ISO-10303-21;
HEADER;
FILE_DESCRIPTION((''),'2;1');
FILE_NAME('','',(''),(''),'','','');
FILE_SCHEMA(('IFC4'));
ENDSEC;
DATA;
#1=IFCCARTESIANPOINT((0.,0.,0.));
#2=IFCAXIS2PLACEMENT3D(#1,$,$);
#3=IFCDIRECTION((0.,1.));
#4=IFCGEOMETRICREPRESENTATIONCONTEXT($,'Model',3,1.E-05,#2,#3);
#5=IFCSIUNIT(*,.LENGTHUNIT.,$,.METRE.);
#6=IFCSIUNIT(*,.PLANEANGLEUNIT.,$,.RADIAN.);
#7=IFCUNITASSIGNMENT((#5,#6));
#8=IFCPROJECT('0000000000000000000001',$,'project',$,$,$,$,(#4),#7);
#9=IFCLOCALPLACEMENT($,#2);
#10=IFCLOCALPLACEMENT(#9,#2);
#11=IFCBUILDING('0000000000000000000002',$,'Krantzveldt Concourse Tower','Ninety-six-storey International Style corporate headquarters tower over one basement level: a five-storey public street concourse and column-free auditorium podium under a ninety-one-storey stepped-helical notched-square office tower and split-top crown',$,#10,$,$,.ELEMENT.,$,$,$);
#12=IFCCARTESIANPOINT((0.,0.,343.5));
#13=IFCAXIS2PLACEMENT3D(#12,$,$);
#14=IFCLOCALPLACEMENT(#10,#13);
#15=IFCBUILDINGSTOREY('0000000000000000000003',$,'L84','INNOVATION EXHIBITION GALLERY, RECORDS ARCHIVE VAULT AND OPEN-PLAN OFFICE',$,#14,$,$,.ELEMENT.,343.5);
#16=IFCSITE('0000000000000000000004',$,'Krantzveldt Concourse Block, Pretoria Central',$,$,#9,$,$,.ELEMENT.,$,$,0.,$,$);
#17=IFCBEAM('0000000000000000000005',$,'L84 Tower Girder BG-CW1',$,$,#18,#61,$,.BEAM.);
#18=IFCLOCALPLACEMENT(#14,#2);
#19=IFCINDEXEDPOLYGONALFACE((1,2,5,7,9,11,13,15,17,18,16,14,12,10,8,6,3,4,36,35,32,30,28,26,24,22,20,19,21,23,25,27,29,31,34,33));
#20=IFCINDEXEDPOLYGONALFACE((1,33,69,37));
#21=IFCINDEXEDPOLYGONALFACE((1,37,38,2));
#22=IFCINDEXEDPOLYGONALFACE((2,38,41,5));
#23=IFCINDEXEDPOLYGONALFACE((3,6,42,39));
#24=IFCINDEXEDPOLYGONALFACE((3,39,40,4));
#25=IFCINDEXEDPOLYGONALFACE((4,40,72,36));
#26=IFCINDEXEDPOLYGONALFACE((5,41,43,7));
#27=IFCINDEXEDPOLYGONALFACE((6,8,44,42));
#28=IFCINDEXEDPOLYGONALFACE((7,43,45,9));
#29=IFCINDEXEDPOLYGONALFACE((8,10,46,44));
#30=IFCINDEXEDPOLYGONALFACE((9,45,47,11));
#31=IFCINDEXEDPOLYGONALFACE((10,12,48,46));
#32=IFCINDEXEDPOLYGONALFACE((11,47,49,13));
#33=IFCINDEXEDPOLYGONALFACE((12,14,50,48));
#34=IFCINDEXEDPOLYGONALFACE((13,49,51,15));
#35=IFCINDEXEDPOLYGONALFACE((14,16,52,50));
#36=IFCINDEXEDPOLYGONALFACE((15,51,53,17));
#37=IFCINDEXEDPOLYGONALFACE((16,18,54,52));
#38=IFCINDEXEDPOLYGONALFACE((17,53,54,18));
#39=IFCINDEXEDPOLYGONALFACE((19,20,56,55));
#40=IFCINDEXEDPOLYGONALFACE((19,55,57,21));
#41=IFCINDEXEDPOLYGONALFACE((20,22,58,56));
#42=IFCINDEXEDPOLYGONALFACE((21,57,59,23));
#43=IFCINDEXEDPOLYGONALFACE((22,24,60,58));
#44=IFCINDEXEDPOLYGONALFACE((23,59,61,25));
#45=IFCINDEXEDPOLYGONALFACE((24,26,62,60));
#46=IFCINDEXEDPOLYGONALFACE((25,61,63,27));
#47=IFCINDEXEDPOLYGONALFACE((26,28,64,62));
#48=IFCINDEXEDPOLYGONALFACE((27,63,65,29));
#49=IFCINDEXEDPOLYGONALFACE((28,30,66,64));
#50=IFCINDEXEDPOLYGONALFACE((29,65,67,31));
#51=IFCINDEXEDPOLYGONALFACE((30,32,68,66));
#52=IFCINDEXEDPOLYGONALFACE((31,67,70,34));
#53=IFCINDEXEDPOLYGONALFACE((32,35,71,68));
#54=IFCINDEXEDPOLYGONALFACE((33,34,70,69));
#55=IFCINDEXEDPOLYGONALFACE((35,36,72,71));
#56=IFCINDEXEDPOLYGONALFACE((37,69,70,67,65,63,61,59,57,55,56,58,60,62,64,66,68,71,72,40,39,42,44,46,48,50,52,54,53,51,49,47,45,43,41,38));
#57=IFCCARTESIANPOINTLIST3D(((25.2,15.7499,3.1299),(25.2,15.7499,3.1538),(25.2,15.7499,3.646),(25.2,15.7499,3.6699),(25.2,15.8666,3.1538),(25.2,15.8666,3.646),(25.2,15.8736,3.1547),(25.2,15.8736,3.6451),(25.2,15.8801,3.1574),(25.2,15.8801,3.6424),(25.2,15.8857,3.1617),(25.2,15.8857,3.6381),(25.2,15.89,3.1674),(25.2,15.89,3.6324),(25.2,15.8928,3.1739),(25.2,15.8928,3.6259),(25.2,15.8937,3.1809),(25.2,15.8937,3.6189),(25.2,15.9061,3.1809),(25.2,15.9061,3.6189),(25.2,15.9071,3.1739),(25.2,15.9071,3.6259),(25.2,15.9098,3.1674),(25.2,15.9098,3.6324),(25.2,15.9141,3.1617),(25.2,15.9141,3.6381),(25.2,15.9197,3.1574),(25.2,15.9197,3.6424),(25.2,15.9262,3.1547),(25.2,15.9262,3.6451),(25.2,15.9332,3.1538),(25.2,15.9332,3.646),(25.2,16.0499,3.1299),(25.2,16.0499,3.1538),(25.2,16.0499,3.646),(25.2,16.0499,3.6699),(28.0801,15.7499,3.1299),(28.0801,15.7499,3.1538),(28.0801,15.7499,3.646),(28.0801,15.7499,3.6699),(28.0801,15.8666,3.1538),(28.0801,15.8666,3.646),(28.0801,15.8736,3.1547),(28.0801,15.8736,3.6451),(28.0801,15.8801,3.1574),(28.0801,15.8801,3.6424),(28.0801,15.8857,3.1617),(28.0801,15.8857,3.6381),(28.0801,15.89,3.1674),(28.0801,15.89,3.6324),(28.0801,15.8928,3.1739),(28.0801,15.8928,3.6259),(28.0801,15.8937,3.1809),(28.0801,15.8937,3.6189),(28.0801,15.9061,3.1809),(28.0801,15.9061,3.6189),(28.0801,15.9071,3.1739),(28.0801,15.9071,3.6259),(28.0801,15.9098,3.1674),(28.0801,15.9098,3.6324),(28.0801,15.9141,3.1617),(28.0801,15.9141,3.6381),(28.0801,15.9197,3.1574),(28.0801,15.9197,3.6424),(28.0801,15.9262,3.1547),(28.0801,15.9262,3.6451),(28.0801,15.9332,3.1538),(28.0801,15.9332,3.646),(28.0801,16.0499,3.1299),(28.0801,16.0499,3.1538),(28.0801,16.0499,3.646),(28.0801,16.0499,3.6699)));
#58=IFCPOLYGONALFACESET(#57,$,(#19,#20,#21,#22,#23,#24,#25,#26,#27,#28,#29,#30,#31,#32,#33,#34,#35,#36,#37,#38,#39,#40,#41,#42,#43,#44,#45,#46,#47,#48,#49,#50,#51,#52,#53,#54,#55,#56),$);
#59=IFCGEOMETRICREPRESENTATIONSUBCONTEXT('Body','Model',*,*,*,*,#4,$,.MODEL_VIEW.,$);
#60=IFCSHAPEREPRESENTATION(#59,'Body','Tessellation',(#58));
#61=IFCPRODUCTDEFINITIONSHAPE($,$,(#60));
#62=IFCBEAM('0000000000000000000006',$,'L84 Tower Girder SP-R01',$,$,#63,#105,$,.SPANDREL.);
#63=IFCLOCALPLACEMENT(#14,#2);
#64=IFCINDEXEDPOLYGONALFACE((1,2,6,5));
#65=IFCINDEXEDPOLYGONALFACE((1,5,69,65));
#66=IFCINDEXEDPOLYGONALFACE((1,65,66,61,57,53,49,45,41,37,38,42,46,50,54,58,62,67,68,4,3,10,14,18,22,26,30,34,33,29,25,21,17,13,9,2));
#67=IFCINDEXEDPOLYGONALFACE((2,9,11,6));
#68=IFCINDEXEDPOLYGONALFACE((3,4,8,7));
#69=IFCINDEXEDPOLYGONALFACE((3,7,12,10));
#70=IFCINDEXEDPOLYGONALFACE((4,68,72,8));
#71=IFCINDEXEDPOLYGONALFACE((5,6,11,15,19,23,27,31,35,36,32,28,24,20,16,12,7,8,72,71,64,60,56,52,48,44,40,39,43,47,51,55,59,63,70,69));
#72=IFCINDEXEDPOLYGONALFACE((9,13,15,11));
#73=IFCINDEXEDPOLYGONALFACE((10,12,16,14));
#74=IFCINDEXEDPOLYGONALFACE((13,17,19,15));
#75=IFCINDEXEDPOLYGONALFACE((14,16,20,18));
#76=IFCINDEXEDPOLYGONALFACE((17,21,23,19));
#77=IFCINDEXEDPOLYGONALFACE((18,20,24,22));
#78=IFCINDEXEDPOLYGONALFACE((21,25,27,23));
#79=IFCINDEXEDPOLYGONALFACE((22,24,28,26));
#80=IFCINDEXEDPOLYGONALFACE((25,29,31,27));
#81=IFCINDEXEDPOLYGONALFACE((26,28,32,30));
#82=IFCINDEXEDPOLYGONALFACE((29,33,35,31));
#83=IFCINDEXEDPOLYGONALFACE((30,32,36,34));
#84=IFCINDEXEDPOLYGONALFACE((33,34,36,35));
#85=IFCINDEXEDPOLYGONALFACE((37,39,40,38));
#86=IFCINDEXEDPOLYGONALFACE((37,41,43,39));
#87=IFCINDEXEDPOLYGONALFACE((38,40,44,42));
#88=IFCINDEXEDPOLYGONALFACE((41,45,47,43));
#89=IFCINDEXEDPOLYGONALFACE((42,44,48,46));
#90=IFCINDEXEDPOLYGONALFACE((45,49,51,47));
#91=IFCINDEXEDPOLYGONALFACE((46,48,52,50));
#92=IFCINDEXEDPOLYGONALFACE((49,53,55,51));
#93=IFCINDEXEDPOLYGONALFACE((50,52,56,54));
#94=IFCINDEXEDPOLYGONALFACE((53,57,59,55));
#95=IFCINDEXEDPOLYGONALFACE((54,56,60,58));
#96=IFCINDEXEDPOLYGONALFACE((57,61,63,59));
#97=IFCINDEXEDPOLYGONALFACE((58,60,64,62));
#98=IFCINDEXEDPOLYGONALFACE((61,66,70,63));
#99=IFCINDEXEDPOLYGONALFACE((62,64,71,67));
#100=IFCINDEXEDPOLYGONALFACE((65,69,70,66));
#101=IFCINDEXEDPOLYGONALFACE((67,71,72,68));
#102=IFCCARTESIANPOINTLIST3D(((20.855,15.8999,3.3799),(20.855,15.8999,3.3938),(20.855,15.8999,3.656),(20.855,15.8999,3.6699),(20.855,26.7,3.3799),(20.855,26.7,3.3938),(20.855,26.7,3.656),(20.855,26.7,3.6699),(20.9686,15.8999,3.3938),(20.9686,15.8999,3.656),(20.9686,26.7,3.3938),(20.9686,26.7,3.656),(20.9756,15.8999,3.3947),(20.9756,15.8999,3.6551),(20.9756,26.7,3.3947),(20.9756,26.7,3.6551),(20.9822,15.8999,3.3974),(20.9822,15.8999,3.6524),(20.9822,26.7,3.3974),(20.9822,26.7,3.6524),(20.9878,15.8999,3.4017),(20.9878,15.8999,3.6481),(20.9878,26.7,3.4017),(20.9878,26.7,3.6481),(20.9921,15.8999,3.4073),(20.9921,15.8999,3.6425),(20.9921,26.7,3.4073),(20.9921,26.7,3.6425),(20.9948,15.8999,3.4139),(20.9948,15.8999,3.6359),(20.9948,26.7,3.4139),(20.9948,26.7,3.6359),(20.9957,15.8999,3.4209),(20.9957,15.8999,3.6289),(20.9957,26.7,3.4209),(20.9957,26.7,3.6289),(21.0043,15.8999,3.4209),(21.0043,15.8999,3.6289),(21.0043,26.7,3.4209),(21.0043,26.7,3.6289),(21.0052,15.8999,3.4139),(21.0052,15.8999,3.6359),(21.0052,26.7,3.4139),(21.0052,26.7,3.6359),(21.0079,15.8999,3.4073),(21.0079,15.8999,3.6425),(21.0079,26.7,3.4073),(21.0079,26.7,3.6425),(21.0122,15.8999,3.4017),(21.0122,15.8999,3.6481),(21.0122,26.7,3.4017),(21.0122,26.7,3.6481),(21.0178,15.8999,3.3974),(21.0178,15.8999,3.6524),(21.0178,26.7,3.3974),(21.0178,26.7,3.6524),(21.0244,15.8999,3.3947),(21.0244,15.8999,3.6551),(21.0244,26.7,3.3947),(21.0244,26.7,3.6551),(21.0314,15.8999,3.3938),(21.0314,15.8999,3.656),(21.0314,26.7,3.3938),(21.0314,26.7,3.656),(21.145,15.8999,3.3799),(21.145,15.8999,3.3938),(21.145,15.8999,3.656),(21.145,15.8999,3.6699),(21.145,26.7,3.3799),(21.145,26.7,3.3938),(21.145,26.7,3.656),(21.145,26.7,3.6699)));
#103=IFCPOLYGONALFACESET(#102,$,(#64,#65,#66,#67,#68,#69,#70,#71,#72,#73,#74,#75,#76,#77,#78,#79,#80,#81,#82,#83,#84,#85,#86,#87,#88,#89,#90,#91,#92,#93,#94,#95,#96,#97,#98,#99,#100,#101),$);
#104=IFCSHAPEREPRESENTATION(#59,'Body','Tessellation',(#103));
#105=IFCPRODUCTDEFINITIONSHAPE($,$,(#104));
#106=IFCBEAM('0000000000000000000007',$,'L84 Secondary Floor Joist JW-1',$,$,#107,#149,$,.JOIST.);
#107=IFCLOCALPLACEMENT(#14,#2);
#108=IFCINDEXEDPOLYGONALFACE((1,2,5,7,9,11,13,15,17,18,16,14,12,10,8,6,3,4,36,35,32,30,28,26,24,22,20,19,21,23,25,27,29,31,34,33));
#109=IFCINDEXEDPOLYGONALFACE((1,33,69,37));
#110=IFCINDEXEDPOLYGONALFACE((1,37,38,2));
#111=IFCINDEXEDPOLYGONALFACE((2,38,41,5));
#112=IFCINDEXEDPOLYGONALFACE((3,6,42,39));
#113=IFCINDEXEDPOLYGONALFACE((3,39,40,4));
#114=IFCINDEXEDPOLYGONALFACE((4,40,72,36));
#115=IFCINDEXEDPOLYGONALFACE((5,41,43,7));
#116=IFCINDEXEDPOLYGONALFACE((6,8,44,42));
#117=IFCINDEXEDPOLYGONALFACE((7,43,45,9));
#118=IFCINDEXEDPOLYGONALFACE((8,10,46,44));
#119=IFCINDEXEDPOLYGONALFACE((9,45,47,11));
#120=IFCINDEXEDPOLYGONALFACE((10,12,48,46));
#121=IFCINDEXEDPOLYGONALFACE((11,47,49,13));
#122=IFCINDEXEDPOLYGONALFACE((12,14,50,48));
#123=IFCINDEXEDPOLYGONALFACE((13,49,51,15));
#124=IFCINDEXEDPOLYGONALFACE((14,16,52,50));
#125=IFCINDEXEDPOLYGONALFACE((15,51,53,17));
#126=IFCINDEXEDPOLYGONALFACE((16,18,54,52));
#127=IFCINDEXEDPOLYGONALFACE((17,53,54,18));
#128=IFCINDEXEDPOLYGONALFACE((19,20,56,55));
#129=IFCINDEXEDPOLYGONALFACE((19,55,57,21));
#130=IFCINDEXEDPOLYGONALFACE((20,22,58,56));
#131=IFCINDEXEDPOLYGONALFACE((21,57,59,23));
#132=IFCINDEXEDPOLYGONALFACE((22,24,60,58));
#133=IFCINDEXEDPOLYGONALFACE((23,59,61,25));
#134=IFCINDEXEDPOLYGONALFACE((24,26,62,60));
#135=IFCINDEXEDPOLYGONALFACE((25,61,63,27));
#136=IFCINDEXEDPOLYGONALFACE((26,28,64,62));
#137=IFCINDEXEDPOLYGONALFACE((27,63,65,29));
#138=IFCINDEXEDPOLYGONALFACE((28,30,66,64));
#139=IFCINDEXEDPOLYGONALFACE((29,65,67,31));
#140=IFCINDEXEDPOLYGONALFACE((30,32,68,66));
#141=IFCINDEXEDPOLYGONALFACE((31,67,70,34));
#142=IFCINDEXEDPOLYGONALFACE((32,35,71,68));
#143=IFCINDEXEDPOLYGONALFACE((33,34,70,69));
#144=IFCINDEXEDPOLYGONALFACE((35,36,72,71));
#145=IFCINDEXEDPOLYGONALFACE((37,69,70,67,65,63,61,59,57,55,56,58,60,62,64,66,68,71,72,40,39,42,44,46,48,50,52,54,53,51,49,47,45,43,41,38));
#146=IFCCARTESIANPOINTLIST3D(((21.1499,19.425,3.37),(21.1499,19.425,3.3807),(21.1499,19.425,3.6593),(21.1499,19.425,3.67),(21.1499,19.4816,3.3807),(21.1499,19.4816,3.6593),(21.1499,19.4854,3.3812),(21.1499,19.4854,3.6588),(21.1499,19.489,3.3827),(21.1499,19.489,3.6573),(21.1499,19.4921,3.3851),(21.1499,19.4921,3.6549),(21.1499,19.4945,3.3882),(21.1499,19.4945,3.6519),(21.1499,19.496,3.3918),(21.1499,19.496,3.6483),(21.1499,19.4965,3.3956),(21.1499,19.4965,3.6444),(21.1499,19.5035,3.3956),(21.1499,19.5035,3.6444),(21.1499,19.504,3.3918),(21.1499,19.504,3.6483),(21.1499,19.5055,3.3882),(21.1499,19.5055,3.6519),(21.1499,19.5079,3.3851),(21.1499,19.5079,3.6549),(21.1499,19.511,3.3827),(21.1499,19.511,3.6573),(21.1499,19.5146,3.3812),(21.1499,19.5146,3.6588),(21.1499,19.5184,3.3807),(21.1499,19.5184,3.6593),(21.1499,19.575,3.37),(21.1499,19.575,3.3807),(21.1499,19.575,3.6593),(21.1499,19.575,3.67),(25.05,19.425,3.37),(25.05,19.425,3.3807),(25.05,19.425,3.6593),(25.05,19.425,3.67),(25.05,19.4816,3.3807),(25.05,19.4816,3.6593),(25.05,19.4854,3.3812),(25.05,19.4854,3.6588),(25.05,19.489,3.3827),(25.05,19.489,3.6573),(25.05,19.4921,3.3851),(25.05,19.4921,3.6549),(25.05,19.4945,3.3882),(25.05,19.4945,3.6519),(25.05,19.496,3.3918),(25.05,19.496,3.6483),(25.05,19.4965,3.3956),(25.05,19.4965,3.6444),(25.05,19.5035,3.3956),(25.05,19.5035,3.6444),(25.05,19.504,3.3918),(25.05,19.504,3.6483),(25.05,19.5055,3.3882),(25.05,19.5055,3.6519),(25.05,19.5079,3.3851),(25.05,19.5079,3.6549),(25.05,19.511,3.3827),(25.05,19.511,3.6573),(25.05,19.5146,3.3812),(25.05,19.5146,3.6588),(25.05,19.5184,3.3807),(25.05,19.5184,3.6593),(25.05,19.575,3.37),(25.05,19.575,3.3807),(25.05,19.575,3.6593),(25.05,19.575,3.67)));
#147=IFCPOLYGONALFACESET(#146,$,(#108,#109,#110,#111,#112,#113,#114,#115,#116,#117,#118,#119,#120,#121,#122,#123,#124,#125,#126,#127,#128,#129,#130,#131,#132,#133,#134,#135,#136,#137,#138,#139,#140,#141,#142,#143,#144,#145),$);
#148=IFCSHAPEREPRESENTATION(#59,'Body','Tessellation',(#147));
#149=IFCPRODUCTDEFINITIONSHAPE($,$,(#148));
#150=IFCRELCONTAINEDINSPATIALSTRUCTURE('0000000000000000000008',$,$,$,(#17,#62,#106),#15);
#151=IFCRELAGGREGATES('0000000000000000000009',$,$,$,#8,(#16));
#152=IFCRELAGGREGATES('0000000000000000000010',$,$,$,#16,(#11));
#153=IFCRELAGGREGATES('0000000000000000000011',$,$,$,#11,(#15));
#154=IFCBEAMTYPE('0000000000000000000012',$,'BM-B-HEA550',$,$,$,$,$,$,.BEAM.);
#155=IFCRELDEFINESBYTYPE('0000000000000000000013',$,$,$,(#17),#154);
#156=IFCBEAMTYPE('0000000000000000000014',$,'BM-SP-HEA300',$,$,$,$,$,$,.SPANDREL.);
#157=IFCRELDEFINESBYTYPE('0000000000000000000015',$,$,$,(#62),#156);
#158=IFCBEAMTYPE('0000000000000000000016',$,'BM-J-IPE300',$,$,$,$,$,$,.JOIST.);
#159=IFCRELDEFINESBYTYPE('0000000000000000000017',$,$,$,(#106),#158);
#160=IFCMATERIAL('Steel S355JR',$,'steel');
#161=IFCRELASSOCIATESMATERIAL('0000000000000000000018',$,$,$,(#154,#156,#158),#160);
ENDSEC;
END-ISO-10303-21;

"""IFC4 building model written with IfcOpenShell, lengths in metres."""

from ifc_helpers import new_model, si_unit, direction, frame, origin, origin_2d, place, context, subcontext, project, spatial, i_section, extrude, source, transform, mapped, material, material_profile, profile_set, type_object, type_shapes, element, save


model = new_model("IFC4")

# Units and contexts
model_context = context("Model", 3, precision=1e-05, world=origin(), true_north=direction((0.0, 1.0)))
body_context = subcontext(model_context, "Body", "Model", "MODEL_VIEW")
ifc_project = project(units=[si_unit("LENGTHUNIT", "METRE"), si_unit("PLANEANGLEUNIT", "RADIAN")], contexts=[model_context])

# Site, building, storey
site_placement = place(None, origin())
site = spatial("IfcSite", under=ifc_project, at=site_placement, Name="Krantzveldt Concourse Block, Pretoria Central", CompositionType="ELEMENT", RefElevation=0.0)
building_placement = place(site_placement, origin())
building = spatial("IfcBuilding", under=site, at=building_placement, Name="Krantzveldt Concourse Tower", Description="Ninety-six-storey International Style corporate headquarters tower over one basement level: a five-storey public street concourse and column-free auditorium podium under a ninety-one-storey stepped-helical notched-square office tower and split-top crown", CompositionType="ELEMENT")
storey_placement = place(building_placement, frame((0.0, 0.0, 343.5)))
storey = spatial("IfcBuildingStorey", under=building, at=storey_placement, Name="L84", Description="INNOVATION EXHIBITION GALLERY, RECORDS ARCHIVE VAULT AND OPEN-PLAN OFFICE", CompositionType="ELEMENT", Elevation=343.5)

# Beams
ifc_material_1 = material(Name="Steel S355JR", Category="steel")
ifc_material_profile_1 = material_profile(ifc_material_1, i_section(OverallWidth=0.3, OverallDepth=0.54, WebThickness=0.0125, FlangeThickness=0.0239, FilletRadius=0.0271, at=origin_2d()), Name="Steel S355JR", Category="steel")
ifc_profile_set_1 = profile_set([ifc_material_profile_1], Name="Steel S355JR - HEA 550")
beam_type_1 = type_object("IfcBeamType", Name="BM-B-HEA550", PredefinedType="BEAM", material=ifc_profile_set_1)
shared_shape_1 = source(origin(), body_context, "Body", "SweptSolid", [
    extrude(i_section(OverallWidth=0.3, OverallDepth=0.54, WebThickness=0.0125, FlangeThickness=0.0239, FilletRadius=0.0271, at=origin_2d()), origin(), (0.0, 0.0, 1.0), 2.8801),
])
beam_1_placement = place(storey_placement, frame((25.2, 15.8999, 3.3999), z_axis=(1.0, 0.0, 0.0), x_axis=(0.0, 1.0, 0.0)))
element("IfcBeam", 1, at=beam_1_placement, inside=storey, type_object=beam_type_1, Name="L84 Tower Girder BG-CW1", PredefinedType="BEAM", context=body_context, shape_type="MappedRepresentation", body=[
    mapped(shared_shape_1, transform((0.0, 0.0, 0.0), x_axis=(1.0, 0.0, 0.0), y_axis=(0.0, 1.0, 0.0), z_axis=(0.0, 0.0, 1.0), scale=1.0)),
])
ifc_material_profile_2 = material_profile(ifc_material_1, i_section(OverallWidth=0.29, OverallDepth=0.29, WebThickness=0.0085, FlangeThickness=0.0139, FilletRadius=0.0271, at=origin_2d()), Name="Steel S355JR", Category="steel")
ifc_profile_set_2 = profile_set([ifc_material_profile_2], Name="Steel S355JR - HEA 300")
beam_type_2 = type_object("IfcBeamType", Name="BM-SP-HEA300", PredefinedType="SPANDREL", material=ifc_profile_set_2)
shared_shape_2 = source(origin(), body_context, "Body", "SweptSolid", [
    extrude(i_section(OverallWidth=0.29, OverallDepth=0.29, WebThickness=0.0085, FlangeThickness=0.0139, FilletRadius=0.0271, at=origin_2d()), origin(), (0.0, 0.0, 1.0), 10.8),
])
type_shapes(beam_type_2, [shared_shape_2])
beam_2_placement = place(storey_placement, frame((21.0, 15.8999, 3.5249), z_axis=(0.0, 1.0, 0.0), x_axis=(-1.0, 0.0, 0.0)))
element("IfcBeam", 2, at=beam_2_placement, inside=storey, type_object=beam_type_2, Name="L84 Tower Girder SP-R01", PredefinedType="SPANDREL", context=body_context, shape_type="MappedRepresentation", body=[
    mapped(shared_shape_2, transform((0.0, 0.0, 0.0), x_axis=(1.0, 0.0, 0.0), y_axis=(0.0, 1.0, 0.0), z_axis=(0.0, 0.0, 1.0), scale=1.0)),
])
ifc_material_profile_3 = material_profile(ifc_material_1, i_section(OverallWidth=0.1499, OverallDepth=0.3, WebThickness=0.0071, FlangeThickness=0.0107, FilletRadius=0.0149, at=origin_2d()), Name="Steel S355JR", Category="steel")
ifc_profile_set_3 = profile_set([ifc_material_profile_3], Name="Steel S355JR - IPE 300")
beam_type_3 = type_object("IfcBeamType", Name="BM-J-IPE300", PredefinedType="JOIST", material=ifc_profile_set_3)
shared_shape_3 = source(origin(), body_context, "Body", "SweptSolid", [
    extrude(i_section(OverallWidth=0.1499, OverallDepth=0.3, WebThickness=0.0071, FlangeThickness=0.0107, FilletRadius=0.0149, at=origin_2d()), origin(), (0.0, 0.0, 1.0), 3.9001),
])
type_shapes(beam_type_3, [shared_shape_3])
for number, where, z_axis, x_axis, name in (
    (3, (21.1499, 19.5, 3.52), (1.0, 0.0, 0.0), (0.0, 1.0, 0.0), "L84 Secondary Floor Joist JW-1"),
):
    element("IfcBeam", number, at=place(storey_placement, frame(where, z_axis=z_axis, x_axis=x_axis)), inside=storey, type_object=beam_type_3, Name=name, PredefinedType="JOIST", context=body_context, shape_type="MappedRepresentation", body=[
        mapped(shared_shape_3, transform((0.0, 0.0, 0.0), x_axis=(1.0, 0.0, 0.0), y_axis=(0.0, 1.0, 0.0), z_axis=(0.0, 0.0, 1.0), scale=1.0)),
    ])

save(model, "model.ifc")
